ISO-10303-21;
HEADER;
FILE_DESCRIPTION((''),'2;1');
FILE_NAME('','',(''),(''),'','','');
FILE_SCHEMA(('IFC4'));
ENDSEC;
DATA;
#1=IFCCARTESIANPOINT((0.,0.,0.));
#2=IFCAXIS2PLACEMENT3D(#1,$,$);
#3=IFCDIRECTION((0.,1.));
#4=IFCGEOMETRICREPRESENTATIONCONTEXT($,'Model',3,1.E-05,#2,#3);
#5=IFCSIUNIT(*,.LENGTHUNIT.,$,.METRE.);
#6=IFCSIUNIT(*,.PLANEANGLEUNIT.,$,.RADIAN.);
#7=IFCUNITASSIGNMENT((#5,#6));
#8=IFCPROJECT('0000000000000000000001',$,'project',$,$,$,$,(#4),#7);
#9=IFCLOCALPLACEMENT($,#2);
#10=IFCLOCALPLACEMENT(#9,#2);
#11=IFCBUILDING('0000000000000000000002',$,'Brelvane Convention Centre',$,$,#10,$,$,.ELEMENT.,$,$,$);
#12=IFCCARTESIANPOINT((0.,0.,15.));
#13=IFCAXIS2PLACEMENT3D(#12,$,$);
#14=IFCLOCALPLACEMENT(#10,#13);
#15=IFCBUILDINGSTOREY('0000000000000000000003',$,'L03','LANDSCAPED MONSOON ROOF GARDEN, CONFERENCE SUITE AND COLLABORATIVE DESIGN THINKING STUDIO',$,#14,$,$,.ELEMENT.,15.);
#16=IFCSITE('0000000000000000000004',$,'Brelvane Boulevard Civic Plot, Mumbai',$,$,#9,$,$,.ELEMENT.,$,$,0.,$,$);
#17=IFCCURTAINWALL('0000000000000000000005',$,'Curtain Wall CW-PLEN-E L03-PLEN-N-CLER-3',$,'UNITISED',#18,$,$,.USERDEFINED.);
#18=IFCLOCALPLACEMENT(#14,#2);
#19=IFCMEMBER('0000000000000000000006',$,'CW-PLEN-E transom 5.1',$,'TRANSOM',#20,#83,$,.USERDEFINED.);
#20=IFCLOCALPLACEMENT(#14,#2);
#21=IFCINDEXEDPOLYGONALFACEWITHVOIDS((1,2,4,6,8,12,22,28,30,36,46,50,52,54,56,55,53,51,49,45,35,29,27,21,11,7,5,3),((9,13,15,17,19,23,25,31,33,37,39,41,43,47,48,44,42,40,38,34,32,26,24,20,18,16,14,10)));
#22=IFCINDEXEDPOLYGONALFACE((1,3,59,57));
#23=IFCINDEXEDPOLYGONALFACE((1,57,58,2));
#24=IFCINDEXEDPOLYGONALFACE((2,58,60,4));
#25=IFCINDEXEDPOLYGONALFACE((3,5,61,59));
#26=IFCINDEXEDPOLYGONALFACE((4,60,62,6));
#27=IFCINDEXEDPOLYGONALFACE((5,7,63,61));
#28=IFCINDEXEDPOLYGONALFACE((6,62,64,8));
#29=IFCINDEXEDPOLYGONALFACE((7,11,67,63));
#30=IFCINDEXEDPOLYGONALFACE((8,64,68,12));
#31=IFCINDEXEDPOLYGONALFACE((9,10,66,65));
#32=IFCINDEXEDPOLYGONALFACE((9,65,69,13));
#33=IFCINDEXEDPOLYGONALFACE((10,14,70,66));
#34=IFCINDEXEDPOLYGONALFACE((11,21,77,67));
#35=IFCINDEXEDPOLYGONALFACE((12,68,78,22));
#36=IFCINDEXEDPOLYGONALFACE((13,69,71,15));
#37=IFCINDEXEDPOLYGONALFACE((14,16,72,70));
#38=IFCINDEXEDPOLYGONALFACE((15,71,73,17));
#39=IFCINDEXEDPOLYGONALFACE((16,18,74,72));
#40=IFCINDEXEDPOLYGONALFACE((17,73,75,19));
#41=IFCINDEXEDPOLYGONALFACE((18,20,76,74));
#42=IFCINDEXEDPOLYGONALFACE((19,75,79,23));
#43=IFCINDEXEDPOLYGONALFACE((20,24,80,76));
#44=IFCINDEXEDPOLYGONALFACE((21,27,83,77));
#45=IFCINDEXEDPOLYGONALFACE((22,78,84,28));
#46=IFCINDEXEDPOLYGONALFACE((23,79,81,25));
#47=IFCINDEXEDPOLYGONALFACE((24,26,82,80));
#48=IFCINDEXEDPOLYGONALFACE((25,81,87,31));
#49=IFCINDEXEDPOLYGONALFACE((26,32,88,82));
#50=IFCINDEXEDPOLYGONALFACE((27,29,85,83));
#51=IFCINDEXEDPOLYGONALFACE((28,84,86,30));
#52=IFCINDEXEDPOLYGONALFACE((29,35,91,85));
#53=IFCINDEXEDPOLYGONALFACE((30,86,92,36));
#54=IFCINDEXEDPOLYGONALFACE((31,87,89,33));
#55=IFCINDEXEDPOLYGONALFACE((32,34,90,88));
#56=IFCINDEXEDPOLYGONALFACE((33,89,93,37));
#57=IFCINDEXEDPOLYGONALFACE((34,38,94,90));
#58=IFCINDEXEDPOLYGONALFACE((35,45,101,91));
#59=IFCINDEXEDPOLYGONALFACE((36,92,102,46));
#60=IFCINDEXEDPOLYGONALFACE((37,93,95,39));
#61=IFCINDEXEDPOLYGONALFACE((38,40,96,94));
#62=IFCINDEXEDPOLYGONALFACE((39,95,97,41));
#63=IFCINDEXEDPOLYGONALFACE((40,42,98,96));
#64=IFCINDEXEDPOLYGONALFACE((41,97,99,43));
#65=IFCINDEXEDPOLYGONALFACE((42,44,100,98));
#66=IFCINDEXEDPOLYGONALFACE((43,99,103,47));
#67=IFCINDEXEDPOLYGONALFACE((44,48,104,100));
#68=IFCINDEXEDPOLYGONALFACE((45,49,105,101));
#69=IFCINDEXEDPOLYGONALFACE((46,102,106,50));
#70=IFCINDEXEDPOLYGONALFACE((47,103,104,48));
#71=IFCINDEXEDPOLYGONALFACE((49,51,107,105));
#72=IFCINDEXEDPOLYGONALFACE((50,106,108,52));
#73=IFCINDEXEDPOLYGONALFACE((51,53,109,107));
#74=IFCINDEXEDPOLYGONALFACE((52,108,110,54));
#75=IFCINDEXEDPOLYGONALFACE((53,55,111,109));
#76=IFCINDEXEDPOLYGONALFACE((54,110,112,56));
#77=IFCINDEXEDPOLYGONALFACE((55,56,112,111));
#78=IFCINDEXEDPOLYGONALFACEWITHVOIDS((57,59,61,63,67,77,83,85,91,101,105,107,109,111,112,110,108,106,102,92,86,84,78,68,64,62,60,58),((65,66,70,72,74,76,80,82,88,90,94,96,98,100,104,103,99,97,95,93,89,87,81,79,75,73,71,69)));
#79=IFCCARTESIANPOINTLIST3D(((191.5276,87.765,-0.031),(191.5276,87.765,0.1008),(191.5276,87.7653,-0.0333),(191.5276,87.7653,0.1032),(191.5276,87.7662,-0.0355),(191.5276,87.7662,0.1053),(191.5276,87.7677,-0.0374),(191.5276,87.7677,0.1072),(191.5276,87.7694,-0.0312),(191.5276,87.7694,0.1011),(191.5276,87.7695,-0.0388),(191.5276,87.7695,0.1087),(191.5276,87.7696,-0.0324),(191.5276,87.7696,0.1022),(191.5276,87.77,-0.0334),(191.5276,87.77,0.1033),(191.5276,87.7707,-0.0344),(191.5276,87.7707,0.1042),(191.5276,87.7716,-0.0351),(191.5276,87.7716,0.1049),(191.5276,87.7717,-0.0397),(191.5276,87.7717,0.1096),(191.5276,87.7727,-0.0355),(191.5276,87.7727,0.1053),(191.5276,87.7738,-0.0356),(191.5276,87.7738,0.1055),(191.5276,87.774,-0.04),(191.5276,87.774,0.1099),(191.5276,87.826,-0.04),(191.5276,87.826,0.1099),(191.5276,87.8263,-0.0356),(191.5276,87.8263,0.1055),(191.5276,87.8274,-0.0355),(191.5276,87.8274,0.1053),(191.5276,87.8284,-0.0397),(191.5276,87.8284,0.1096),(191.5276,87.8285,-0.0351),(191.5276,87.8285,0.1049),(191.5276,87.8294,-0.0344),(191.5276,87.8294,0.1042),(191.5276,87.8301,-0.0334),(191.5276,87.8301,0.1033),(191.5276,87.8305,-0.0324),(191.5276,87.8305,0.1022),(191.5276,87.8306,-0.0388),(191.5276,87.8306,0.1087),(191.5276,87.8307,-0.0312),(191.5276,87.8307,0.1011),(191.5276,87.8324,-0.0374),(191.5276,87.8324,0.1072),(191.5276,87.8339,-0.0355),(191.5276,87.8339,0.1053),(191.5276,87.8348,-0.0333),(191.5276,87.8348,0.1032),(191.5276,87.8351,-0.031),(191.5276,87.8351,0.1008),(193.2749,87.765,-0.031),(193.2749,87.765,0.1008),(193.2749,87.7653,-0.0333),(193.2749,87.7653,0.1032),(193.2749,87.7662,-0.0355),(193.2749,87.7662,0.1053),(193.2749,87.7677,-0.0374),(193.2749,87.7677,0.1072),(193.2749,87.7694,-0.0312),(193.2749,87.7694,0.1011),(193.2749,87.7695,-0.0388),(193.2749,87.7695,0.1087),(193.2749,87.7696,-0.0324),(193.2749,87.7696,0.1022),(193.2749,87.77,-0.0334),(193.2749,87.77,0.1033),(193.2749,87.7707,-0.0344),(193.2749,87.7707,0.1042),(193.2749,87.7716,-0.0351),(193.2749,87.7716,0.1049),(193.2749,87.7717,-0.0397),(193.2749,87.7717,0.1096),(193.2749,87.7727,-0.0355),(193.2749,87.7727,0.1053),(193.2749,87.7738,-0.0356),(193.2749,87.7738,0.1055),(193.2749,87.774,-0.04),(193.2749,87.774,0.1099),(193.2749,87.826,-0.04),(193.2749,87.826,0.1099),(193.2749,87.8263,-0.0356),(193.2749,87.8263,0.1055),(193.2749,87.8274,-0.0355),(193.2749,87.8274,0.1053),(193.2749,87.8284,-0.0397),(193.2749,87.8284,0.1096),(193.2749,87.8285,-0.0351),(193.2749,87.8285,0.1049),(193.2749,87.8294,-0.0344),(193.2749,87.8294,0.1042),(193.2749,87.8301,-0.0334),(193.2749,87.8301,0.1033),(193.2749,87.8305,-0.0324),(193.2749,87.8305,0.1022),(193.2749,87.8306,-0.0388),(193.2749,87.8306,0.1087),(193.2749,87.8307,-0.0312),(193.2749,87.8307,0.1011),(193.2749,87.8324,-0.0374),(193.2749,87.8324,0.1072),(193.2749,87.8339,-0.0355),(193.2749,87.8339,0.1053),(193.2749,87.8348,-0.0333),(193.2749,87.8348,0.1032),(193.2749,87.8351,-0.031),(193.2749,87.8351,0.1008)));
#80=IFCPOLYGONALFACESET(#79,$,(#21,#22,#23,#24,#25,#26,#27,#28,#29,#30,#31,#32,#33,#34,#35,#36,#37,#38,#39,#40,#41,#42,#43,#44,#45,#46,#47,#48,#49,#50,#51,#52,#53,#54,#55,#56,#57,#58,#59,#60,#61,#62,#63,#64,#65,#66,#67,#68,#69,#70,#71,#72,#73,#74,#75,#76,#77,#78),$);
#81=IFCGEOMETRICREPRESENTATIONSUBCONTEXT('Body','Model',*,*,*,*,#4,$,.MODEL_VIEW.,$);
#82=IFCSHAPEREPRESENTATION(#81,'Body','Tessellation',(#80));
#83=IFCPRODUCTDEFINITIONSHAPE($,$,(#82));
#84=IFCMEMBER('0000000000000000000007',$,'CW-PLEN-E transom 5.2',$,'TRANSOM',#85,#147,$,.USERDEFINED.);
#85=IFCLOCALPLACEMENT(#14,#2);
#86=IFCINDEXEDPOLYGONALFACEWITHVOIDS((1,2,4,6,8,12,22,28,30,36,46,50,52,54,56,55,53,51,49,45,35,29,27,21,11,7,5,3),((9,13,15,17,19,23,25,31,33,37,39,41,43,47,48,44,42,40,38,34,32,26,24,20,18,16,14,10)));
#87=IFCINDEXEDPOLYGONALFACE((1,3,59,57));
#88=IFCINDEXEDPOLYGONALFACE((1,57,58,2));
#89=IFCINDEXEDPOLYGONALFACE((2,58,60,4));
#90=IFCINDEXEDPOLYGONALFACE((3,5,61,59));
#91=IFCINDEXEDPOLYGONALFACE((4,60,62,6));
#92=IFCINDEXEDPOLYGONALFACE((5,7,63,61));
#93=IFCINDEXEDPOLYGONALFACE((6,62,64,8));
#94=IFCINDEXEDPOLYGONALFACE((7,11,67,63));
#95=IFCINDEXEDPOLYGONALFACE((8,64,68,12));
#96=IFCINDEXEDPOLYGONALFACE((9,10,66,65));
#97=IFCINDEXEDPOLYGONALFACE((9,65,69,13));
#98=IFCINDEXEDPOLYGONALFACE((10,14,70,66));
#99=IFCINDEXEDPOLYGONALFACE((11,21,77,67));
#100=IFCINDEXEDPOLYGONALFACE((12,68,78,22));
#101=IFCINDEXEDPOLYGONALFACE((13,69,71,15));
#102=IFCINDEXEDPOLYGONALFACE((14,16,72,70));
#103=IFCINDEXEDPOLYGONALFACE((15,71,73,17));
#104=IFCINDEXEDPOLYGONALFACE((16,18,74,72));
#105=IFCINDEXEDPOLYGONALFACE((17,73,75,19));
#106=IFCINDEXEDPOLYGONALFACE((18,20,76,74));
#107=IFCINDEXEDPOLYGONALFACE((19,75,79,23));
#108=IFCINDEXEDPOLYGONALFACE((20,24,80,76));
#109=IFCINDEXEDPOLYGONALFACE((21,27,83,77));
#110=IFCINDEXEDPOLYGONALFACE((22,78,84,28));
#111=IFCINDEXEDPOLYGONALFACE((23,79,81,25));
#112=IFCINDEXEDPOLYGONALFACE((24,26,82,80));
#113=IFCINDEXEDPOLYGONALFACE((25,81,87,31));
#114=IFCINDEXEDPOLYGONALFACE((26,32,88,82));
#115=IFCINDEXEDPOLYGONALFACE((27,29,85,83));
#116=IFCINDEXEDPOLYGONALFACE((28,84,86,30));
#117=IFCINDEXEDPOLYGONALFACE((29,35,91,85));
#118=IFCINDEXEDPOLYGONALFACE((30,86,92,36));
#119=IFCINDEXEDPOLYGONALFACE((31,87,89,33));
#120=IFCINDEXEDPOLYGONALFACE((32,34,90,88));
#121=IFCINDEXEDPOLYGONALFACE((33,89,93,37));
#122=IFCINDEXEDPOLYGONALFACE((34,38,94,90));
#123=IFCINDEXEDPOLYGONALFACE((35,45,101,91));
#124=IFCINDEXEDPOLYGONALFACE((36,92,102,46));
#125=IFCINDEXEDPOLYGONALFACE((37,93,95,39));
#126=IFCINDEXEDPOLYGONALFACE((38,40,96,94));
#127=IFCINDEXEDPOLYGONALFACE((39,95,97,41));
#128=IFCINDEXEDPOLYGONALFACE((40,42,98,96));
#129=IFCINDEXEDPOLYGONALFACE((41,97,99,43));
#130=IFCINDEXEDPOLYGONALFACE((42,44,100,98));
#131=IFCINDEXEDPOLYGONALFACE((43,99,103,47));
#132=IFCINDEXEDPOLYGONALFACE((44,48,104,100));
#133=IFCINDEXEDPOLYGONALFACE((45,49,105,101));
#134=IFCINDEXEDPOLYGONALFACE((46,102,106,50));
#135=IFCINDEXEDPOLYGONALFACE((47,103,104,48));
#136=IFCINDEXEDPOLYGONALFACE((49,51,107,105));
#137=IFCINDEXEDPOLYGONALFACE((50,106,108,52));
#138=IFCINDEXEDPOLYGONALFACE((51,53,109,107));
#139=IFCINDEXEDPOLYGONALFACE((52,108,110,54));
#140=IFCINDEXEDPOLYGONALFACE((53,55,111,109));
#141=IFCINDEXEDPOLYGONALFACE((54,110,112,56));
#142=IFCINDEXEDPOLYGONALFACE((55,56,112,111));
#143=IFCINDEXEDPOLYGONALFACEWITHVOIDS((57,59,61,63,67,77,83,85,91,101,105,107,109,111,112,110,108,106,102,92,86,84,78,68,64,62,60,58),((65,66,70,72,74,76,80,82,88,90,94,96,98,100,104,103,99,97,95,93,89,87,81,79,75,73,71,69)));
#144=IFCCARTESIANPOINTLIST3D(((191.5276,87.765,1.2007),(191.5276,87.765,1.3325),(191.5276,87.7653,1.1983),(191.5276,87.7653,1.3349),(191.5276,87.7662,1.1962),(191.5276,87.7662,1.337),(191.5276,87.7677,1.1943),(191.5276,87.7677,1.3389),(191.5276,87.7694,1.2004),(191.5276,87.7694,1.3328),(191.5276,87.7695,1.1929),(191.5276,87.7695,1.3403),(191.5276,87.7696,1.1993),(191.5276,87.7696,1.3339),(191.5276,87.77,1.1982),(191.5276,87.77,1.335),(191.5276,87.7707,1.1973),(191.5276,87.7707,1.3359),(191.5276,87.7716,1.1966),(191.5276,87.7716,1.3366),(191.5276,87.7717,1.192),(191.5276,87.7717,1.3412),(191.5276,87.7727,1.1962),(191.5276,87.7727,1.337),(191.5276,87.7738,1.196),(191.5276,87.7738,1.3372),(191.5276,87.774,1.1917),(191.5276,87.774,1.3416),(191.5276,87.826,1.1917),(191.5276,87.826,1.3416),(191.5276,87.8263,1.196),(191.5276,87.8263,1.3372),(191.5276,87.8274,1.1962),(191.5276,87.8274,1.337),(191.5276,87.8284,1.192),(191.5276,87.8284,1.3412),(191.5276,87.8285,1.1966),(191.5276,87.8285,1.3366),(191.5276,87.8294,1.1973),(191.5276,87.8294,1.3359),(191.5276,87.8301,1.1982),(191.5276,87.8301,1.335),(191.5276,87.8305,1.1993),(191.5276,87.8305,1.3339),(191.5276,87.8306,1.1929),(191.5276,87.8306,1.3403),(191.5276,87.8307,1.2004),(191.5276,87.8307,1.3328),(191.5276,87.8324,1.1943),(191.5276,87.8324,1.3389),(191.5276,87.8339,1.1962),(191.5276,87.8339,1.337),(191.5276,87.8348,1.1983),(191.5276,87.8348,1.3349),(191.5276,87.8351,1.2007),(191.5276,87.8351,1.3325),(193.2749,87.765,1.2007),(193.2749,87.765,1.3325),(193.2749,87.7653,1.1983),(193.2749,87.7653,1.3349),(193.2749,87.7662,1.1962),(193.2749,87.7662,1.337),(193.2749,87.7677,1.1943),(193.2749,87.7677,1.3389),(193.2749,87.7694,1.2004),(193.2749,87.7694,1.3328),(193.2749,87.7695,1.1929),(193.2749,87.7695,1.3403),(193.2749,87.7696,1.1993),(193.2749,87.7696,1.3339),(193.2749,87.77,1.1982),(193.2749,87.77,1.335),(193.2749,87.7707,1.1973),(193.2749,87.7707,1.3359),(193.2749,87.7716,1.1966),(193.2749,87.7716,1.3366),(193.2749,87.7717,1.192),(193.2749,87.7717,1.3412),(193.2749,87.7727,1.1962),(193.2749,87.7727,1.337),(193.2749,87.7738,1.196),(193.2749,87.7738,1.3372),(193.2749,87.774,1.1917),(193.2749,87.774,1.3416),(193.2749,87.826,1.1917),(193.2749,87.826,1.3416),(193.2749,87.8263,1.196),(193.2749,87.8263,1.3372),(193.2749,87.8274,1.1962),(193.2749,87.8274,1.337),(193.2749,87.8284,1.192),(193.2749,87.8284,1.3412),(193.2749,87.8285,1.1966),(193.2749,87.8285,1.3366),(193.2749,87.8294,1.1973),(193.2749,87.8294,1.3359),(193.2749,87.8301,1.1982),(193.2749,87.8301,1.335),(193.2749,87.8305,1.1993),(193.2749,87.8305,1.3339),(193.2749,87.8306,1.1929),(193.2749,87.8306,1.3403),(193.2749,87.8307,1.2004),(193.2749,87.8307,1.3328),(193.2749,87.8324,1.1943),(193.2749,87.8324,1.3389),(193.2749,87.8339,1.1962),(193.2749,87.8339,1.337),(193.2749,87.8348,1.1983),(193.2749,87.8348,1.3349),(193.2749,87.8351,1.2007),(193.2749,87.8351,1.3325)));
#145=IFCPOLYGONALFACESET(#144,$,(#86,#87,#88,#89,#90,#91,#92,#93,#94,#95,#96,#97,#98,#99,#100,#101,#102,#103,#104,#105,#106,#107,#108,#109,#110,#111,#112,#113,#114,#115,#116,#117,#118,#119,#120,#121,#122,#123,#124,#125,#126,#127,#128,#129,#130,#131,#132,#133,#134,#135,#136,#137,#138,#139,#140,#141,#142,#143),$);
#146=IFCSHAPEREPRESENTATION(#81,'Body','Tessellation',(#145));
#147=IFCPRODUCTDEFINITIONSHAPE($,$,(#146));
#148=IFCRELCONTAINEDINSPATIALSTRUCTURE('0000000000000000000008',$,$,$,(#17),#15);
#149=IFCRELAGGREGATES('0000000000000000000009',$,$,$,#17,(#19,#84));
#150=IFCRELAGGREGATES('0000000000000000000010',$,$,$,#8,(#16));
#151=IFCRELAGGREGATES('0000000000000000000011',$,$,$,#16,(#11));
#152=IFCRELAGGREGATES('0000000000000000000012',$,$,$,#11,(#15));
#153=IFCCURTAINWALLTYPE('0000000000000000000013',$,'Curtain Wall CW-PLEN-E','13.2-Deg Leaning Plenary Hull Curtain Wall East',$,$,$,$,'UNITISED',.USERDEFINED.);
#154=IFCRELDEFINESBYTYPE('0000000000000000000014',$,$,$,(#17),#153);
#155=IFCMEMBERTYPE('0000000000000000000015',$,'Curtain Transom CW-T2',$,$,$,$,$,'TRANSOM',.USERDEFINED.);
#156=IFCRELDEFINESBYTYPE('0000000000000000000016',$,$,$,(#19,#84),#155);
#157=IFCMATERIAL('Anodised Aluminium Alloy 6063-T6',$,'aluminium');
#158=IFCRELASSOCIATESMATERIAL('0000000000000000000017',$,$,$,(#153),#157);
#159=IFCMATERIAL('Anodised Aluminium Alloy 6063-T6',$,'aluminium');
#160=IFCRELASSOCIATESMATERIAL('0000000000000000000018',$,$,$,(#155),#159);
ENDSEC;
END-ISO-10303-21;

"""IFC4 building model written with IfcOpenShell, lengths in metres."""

from ifc_helpers import new_model, si_unit, direction, frame, origin, origin_2d, place, context, subcontext, project, spatial, hollow_rectangle, extrude, material, material_profile, profile_set, type_object, element, aggregate, save


model = new_model("IFC4")

# Units and contexts
model_context = context("Model", 3, precision=1e-05, world=origin(), true_north=direction((0.0, 1.0)))
body_context = subcontext(model_context, "Body", "Model", "MODEL_VIEW")
ifc_project = project(units=[si_unit("LENGTHUNIT", "METRE"), si_unit("PLANEANGLEUNIT", "RADIAN")], contexts=[model_context])

# Site, building, storey
site_placement = place(None, origin())
site = spatial("IfcSite", under=ifc_project, at=site_placement, Name="Brelvane Boulevard Civic Plot, Mumbai", CompositionType="ELEMENT", RefElevation=0.0)
building_placement = place(site_placement, origin())
building = spatial("IfcBuilding", under=site, at=building_placement, Name="Brelvane Convention Centre", CompositionType="ELEMENT")
storey_placement = place(building_placement, frame((0.0, 0.0, 15.0)))
storey = spatial("IfcBuildingStorey", under=building, at=storey_placement, Name="L03", Description="LANDSCAPED MONSOON ROOF GARDEN, CONFERENCE SUITE AND COLLABORATIVE DESIGN THINKING STUDIO", CompositionType="ELEMENT", Elevation=15.0)

# Curtain wall
ifc_material_1 = material(Name="Anodised Aluminium Alloy 6063-T6", Category="aluminium")
curtain_wall_type = type_object("IfcCurtainWallType", Name="Curtain Wall CW-PLEN-E", Description="13.2-Deg Leaning Plenary Hull Curtain Wall East", ElementType="UNITISED", PredefinedType="USERDEFINED", material=ifc_material_1)
curtain_wall_1_placement = place(storey_placement, origin())
curtain_wall_1 = element("IfcCurtainWall", 1, at=curtain_wall_1_placement, inside=storey, type_object=curtain_wall_type, Name="Curtain Wall CW-PLEN-E L03-PLEN-N-CLER-3", ObjectType="UNITISED", PredefinedType="USERDEFINED")

# Members
ifc_material_2 = material(Name="Anodised Aluminium Alloy 6063-T6", Category="aluminium")
ifc_material_profile_1 = material_profile(ifc_material_2, hollow_rectangle(XDim=0.0701, YDim=0.1499, WallThickness=0.0044, InnerFilletRadius=0.0044, OuterFilletRadius=0.009, at=origin_2d()), Name="ALU-T 150x70x4.5")
ifc_profile_set_1 = profile_set([ifc_material_profile_1], Name="Anodised Aluminium Alloy 6063-T6")
member_type_1 = type_object("IfcMemberType", Name="Curtain Transom CW-T2", ElementType="TRANSOM", PredefinedType="USERDEFINED", material=ifc_profile_set_1)
member_1_placement = place(storey_placement, frame((191.5276, 87.8, 0.0349), z_axis=(1.0, 0.0, 0.0), x_axis=(0.0, 1.0, 0.0)))
member_1 = element("IfcMember", 2, at=member_1_placement, type_object=member_type_1, Name="CW-PLEN-E transom 5.1", ObjectType="TRANSOM", PredefinedType="USERDEFINED", context=body_context, shape_type="SweptSolid", body=[
    extrude(hollow_rectangle(XDim=0.0701, YDim=0.1499, WallThickness=0.0044, InnerFilletRadius=0.0044, OuterFilletRadius=0.009, at=origin_2d()), origin(), (0.0, 0.0, 1.0), 1.7473),
])
member_2_placement = place(storey_placement, frame((191.5276, 87.8, 1.2666), z_axis=(1.0, 0.0, 0.0), x_axis=(0.0, 1.0, 0.0)))
member_2 = element("IfcMember", 3, at=member_2_placement, type_object=member_type_1, Name="CW-PLEN-E transom 5.2", ObjectType="TRANSOM", PredefinedType="USERDEFINED", context=body_context, shape_type="SweptSolid", body=[
    extrude(hollow_rectangle(XDim=0.0701, YDim=0.1499, WallThickness=0.0044, InnerFilletRadius=0.0044, OuterFilletRadius=0.009, at=origin_2d()), origin(), (0.0, 0.0, 1.0), 1.7473),
])

aggregate(curtain_wall_1, [member_1, member_2])

save(model, "model.ifc")
